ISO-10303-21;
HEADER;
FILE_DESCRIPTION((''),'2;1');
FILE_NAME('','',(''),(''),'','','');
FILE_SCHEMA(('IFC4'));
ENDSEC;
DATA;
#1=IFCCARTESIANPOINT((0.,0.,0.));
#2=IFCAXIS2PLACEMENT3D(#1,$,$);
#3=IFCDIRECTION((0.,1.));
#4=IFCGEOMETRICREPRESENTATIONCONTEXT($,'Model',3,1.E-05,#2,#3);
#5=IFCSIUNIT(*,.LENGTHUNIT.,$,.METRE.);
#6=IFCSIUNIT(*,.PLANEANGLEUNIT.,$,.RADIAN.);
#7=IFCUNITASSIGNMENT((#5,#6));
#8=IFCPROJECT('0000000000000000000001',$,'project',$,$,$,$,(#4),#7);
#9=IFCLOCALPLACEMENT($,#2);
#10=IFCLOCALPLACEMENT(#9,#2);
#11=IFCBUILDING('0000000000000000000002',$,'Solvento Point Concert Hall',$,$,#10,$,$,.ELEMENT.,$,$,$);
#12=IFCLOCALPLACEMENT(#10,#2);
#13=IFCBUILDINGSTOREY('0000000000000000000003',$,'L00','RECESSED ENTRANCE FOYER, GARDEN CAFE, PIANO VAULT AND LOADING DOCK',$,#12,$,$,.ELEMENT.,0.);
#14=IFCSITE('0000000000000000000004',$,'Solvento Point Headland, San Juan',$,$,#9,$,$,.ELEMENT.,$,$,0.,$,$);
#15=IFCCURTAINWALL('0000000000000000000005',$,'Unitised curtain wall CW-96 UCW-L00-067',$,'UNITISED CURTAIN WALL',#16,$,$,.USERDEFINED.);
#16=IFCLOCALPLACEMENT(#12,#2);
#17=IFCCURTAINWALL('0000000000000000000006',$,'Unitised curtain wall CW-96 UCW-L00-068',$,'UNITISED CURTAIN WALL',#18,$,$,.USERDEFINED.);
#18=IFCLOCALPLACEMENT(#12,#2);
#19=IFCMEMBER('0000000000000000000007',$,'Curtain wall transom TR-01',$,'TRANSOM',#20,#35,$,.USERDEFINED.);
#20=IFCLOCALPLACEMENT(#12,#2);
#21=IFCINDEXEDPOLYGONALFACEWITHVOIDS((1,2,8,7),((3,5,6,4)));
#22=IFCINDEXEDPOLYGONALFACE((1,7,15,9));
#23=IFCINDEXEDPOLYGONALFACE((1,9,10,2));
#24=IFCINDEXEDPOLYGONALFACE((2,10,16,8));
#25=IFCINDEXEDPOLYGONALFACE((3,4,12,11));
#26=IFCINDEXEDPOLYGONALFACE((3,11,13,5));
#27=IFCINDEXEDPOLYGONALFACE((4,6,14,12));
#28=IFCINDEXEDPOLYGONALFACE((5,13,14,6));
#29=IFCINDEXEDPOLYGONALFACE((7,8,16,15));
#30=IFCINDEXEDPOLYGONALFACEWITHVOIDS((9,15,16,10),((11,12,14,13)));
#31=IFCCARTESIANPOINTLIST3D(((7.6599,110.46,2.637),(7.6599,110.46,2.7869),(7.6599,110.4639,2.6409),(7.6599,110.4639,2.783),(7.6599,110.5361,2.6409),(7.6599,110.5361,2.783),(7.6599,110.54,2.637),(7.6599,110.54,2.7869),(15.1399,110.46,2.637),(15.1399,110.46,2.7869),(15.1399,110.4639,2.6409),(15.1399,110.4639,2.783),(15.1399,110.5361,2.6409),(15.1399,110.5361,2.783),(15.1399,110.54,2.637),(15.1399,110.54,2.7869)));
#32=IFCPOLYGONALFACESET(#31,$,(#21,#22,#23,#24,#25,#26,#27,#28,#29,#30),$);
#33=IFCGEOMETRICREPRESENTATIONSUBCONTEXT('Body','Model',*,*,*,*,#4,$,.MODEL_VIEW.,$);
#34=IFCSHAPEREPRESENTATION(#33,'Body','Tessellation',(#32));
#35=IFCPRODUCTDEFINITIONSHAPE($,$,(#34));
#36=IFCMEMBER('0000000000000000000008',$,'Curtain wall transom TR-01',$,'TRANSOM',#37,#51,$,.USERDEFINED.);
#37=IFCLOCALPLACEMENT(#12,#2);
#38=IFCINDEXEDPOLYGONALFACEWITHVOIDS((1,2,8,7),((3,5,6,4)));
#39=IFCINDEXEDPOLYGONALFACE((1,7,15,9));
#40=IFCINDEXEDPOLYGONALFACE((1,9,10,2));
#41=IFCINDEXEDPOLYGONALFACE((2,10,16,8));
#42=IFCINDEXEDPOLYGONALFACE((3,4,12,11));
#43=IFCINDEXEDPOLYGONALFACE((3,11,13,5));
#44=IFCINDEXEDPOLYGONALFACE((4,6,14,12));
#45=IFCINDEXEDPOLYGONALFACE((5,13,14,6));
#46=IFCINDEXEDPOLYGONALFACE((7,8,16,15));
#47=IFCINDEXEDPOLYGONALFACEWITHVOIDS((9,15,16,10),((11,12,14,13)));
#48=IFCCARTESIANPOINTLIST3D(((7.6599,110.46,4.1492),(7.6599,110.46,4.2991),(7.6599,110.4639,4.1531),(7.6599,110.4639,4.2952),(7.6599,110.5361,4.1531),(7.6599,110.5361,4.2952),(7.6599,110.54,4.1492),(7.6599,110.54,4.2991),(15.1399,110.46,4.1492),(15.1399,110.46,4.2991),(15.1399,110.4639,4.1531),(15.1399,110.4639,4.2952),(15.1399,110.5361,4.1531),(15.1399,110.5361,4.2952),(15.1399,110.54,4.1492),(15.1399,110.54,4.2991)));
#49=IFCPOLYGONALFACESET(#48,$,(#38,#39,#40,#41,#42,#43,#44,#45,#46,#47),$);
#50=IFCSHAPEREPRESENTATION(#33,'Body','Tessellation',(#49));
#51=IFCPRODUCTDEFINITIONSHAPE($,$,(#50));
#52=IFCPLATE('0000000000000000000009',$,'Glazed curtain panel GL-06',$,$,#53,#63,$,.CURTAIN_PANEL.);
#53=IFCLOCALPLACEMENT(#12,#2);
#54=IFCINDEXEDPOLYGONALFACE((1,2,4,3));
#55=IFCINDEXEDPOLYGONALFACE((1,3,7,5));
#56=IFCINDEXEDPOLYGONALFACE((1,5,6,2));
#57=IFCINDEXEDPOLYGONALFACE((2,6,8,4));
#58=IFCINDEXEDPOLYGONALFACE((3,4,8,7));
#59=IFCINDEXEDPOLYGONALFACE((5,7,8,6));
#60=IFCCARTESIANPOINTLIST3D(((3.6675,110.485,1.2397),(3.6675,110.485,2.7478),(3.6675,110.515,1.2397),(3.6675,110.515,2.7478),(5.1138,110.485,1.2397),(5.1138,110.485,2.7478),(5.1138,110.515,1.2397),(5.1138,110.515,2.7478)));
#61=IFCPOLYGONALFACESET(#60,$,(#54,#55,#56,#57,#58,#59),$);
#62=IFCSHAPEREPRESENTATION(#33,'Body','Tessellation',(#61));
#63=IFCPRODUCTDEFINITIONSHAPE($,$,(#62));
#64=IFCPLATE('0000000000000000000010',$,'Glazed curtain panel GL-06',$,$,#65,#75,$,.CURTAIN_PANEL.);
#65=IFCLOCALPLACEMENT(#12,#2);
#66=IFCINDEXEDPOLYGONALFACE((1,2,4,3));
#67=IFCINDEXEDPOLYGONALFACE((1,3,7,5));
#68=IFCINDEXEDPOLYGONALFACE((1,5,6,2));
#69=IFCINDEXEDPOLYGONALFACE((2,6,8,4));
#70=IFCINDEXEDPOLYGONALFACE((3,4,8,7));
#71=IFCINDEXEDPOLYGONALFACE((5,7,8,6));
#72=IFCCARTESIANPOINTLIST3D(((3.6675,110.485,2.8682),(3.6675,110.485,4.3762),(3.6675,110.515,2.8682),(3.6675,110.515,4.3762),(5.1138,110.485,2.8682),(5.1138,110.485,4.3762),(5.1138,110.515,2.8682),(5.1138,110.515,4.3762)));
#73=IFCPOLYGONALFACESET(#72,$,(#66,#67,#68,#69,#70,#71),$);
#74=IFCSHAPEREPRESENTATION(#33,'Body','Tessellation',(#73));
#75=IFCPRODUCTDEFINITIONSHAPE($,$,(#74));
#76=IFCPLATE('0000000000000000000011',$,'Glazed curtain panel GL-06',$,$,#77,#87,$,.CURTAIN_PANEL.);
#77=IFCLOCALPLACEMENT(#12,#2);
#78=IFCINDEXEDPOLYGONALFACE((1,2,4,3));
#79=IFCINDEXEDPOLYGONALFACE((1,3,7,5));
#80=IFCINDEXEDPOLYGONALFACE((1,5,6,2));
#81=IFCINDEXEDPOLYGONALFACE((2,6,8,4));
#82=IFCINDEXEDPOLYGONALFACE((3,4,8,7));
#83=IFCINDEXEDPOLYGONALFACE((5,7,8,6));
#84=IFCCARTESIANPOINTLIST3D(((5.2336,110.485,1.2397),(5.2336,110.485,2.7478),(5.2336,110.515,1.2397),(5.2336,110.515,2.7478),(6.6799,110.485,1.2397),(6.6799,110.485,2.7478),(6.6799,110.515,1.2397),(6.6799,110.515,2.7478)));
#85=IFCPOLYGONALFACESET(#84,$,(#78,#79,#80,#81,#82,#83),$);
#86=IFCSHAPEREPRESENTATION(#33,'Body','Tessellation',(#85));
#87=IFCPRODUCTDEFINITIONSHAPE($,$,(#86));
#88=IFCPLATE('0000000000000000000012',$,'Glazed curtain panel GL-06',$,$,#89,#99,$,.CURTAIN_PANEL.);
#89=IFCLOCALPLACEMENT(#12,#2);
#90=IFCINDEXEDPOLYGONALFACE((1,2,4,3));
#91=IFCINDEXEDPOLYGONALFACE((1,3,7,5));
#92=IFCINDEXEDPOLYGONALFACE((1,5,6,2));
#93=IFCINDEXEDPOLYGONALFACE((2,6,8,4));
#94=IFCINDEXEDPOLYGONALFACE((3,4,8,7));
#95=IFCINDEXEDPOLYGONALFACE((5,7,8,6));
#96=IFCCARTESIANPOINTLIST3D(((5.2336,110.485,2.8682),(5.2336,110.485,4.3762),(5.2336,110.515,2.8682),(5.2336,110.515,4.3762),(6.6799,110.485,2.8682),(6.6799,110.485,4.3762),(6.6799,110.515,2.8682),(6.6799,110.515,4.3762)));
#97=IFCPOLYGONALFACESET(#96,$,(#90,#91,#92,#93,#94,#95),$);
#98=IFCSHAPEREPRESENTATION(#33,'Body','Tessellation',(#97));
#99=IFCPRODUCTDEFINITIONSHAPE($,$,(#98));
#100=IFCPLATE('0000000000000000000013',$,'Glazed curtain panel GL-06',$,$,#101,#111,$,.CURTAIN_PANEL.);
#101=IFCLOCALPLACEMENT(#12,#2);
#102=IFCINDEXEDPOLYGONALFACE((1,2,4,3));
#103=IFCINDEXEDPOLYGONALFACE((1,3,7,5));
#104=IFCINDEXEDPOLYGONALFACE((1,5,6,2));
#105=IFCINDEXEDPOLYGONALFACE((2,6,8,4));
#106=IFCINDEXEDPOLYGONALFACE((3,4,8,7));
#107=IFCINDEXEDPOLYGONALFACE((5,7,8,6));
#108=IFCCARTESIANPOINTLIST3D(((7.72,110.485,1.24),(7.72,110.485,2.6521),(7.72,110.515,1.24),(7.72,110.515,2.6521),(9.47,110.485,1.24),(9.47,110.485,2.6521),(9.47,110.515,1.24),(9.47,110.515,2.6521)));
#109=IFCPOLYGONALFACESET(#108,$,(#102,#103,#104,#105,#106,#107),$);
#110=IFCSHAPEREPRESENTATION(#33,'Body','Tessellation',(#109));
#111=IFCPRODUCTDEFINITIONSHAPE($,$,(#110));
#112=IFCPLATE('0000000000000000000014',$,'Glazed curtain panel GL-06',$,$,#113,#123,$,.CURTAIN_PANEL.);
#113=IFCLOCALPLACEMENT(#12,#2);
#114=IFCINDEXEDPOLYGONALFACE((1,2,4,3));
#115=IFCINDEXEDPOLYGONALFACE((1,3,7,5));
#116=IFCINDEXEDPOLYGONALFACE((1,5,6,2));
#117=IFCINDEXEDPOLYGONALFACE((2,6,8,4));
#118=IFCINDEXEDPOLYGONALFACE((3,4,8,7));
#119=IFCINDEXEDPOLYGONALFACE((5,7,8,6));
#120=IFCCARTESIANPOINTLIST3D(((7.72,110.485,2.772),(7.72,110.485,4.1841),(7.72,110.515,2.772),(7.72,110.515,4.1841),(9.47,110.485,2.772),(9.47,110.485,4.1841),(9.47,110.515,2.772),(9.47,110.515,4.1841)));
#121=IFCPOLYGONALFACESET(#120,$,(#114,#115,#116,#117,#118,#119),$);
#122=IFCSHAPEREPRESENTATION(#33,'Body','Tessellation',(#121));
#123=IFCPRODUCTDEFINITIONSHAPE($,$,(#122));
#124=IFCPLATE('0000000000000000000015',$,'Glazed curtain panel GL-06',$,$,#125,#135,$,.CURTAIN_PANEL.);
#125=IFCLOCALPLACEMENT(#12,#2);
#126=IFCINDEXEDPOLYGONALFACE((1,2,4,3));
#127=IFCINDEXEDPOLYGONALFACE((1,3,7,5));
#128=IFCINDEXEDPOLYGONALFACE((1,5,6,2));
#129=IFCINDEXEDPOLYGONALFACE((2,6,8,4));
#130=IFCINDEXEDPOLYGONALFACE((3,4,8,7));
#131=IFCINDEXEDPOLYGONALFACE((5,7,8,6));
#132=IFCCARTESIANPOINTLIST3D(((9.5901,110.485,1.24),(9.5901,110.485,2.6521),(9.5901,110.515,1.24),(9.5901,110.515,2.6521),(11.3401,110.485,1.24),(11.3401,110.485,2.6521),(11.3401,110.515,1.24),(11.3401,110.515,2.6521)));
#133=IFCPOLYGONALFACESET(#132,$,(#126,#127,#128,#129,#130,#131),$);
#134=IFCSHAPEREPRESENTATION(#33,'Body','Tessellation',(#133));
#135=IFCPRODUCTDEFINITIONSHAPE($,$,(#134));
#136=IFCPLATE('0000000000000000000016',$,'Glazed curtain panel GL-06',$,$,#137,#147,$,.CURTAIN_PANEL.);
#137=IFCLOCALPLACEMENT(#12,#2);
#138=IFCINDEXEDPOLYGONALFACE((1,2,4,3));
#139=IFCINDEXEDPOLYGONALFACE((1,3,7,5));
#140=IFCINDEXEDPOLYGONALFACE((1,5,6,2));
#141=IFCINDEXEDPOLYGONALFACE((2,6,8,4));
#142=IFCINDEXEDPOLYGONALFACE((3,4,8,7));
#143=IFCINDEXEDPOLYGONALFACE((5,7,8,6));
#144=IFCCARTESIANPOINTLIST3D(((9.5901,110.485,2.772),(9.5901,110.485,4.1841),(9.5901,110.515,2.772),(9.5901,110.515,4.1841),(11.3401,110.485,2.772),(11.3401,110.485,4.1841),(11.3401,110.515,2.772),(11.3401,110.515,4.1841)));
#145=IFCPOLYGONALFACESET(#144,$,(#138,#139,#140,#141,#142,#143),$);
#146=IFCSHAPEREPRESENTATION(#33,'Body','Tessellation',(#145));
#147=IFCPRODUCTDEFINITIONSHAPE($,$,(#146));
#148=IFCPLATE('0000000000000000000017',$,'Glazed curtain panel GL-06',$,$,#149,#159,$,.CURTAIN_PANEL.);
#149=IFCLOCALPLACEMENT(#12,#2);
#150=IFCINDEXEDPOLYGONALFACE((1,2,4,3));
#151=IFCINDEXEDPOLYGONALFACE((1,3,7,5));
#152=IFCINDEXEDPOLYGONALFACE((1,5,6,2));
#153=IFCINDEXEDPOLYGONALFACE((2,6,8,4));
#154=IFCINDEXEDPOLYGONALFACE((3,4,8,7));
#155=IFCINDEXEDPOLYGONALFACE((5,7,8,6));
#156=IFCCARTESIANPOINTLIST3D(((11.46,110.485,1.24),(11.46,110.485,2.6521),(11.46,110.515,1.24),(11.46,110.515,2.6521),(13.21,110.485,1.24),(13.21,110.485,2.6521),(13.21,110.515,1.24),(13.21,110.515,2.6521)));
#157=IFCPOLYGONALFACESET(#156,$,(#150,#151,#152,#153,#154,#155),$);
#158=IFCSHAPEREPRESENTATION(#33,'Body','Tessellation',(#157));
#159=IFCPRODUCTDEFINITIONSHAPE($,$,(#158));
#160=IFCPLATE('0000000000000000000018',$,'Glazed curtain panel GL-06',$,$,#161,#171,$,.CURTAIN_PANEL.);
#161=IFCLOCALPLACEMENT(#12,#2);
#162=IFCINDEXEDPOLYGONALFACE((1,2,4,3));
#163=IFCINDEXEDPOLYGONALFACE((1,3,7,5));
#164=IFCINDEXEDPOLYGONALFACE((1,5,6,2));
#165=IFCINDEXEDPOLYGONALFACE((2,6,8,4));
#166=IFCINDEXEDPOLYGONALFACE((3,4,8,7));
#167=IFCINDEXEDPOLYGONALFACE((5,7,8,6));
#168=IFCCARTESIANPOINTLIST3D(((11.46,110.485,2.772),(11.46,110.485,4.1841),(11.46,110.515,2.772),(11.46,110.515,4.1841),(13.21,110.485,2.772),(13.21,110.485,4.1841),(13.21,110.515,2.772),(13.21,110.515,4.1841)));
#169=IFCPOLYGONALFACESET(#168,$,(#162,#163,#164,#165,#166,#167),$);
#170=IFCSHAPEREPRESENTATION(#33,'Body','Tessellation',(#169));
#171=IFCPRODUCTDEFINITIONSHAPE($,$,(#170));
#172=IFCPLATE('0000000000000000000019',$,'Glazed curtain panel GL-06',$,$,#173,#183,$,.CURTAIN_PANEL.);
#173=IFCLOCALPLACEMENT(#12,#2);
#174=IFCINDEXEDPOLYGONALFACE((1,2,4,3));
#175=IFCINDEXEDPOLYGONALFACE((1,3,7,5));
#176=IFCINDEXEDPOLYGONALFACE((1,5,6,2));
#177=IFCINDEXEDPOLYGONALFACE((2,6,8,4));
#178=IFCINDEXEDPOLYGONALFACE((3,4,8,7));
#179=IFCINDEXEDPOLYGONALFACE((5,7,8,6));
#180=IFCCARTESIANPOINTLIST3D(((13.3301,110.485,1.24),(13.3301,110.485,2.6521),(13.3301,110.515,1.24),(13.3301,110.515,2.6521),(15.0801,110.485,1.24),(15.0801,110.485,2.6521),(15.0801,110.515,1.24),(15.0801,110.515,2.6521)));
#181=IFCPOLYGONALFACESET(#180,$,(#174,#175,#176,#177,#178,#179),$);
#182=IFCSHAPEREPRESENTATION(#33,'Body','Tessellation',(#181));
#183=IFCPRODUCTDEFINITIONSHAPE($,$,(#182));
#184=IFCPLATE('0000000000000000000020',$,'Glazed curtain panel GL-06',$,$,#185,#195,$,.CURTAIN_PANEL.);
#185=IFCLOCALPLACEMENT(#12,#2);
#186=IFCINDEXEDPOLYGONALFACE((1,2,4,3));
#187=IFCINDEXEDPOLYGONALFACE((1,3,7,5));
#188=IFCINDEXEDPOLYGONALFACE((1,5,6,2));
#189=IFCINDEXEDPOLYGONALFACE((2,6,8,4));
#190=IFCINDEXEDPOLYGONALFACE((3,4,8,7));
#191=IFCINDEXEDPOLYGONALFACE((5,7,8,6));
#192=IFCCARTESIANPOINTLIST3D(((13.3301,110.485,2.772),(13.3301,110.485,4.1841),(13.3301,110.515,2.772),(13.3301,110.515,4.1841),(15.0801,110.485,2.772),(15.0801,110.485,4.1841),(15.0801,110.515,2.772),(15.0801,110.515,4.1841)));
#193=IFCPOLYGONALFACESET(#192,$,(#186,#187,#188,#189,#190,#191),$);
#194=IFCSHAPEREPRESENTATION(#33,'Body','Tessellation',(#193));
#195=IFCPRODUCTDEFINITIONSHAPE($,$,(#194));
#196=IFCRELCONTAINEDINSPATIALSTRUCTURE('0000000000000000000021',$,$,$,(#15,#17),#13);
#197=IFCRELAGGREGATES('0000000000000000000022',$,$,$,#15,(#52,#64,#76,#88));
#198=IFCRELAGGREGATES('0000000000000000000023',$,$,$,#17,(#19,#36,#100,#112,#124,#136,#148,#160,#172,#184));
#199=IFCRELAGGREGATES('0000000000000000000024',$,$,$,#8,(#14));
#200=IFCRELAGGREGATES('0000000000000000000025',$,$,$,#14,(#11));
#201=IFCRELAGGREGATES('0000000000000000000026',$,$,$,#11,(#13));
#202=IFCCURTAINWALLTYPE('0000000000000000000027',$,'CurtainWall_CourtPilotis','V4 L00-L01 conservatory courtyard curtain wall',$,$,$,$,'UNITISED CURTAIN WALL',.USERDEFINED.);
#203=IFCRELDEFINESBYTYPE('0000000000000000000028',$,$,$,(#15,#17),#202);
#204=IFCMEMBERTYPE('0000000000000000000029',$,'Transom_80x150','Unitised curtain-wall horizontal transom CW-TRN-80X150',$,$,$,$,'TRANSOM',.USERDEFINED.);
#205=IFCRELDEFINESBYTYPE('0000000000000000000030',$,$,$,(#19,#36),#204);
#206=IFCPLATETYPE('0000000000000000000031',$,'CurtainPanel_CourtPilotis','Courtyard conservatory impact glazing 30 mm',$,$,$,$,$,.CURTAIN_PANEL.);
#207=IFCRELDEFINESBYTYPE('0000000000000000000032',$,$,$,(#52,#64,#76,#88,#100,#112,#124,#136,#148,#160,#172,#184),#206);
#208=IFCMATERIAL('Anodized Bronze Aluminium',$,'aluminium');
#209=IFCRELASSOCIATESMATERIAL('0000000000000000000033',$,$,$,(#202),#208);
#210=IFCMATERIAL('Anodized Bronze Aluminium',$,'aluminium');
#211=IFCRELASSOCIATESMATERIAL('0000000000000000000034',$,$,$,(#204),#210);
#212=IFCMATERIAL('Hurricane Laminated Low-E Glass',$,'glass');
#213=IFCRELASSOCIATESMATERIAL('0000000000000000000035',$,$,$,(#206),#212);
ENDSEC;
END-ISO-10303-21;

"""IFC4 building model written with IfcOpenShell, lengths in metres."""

from ifc_helpers import new_model, si_unit, direction, frame, origin, origin_2d, place, context, subcontext, project, spatial, rectangle, hollow_rectangle, extrude, material, material_profile, profile_set, type_object, element, aggregate, save


model = new_model("IFC4")

# Units and contexts
model_context = context("Model", 3, precision=1e-05, world=origin(), true_north=direction((0.0, 1.0)))
body_context = subcontext(model_context, "Body", "Model", "MODEL_VIEW")
ifc_project = project(units=[si_unit("LENGTHUNIT", "METRE"), si_unit("PLANEANGLEUNIT", "RADIAN")], contexts=[model_context])

# Site, building, storey
site_placement = place(None, origin())
site = spatial("IfcSite", under=ifc_project, at=site_placement, Name="Solvento Point Headland, San Juan", CompositionType="ELEMENT", RefElevation=0.0)
building_placement = place(site_placement, origin())
building = spatial("IfcBuilding", under=site, at=building_placement, Name="Solvento Point Concert Hall", CompositionType="ELEMENT")
storey_placement = place(building_placement, origin())
storey = spatial("IfcBuildingStorey", under=building, at=storey_placement, Name="L00", Description="RECESSED ENTRANCE FOYER, GARDEN CAFE, PIANO VAULT AND LOADING DOCK", CompositionType="ELEMENT", Elevation=0.0)

# Curtain walls, members
ifc_material_1 = material(Name="Anodized Bronze Aluminium", Category="aluminium")
curtain_wall_type = type_object("IfcCurtainWallType", Name="CurtainWall_CourtPilotis", Description="V4 L00-L01 conservatory courtyard curtain wall", ElementType="UNITISED CURTAIN WALL", PredefinedType="USERDEFINED", material=ifc_material_1)
curtain_wall_1_placement = place(storey_placement, origin())
curtain_wall_1 = element("IfcCurtainWall", 1, at=curtain_wall_1_placement, inside=storey, type_object=curtain_wall_type, Name="Unitised curtain wall CW-96 UCW-L00-067", ObjectType="UNITISED CURTAIN WALL", PredefinedType="USERDEFINED")
curtain_wall_2_placement = place(storey_placement, origin())
curtain_wall_2 = element("IfcCurtainWall", 2, at=curtain_wall_2_placement, inside=storey, type_object=curtain_wall_type, Name="Unitised curtain wall CW-96 UCW-L00-068", ObjectType="UNITISED CURTAIN WALL", PredefinedType="USERDEFINED")
ifc_material_2 = material(Name="Anodized Bronze Aluminium", Category="aluminium")
ifc_material_profile_1 = material_profile(ifc_material_2, hollow_rectangle(XDim=0.0801, YDim=0.1499, WallThickness=0.0039, at=origin_2d()), Name="CW-TRN-80X150")
ifc_profile_set_1 = profile_set([ifc_material_profile_1], Name="Anodized Bronze Aluminium")
member_type_1 = type_object("IfcMemberType", Name="Transom_80x150", Description="Unitised curtain-wall horizontal transom CW-TRN-80X150", ElementType="TRANSOM", PredefinedType="USERDEFINED", material=ifc_profile_set_1)
member_1_placement = place(storey_placement, frame((7.6599, 110.5, 2.7119), z_axis=(1.0, 0.0, 0.0), x_axis=(0.0, 1.0, 0.0)))
member_1 = element("IfcMember", 3, at=member_1_placement, type_object=member_type_1, Name="Curtain wall transom TR-01", ObjectType="TRANSOM", PredefinedType="USERDEFINED", context=body_context, shape_type="SweptSolid", body=[
    extrude(hollow_rectangle(XDim=0.0801, YDim=0.1499, WallThickness=0.0039, at=origin_2d()), origin(), (0.0, 0.0, 1.0), 7.48),
])
member_2_placement = place(storey_placement, frame((7.6599, 110.5, 4.2241), z_axis=(1.0, 0.0, 0.0), x_axis=(0.0, 1.0, 0.0)))
member_2 = element("IfcMember", 4, at=member_2_placement, type_object=member_type_1, Name="Curtain wall transom TR-01", ObjectType="TRANSOM", PredefinedType="USERDEFINED", context=body_context, shape_type="SweptSolid", body=[
    extrude(hollow_rectangle(XDim=0.0801, YDim=0.1499, WallThickness=0.0039, at=origin_2d()), origin(), (0.0, 0.0, 1.0), 7.48),
])

# Plates
ifc_material_3 = material(Name="Hurricane Laminated Low-E Glass", Category="glass")
plate_type = type_object("IfcPlateType", Name="CurtainPanel_CourtPilotis", Description="Courtyard conservatory impact glazing 30 mm", PredefinedType="CURTAIN_PANEL", material=ifc_material_3)
plate_1_placement = place(storey_placement, frame((4.3906, 110.5, 1.2397), z_axis=(0.0, 0.0, 1.0), x_axis=(1.0, 0.0, 0.0)))
plate_1 = element("IfcPlate", 5, at=plate_1_placement, type_object=plate_type, Name="Glazed curtain panel GL-06", PredefinedType="CURTAIN_PANEL", context=body_context, shape_type="SweptSolid", body=[
    extrude(rectangle(XDim=1.4463, YDim=0.03, at=origin_2d()), origin(), (0.0, 0.0, 1.0), 1.5081),
])
plate_2_placement = place(storey_placement, frame((4.3906, 110.5, 2.8682), z_axis=(0.0, 0.0, 1.0), x_axis=(1.0, 0.0, 0.0)))
plate_2 = element("IfcPlate", 6, at=plate_2_placement, type_object=plate_type, Name="Glazed curtain panel GL-06", PredefinedType="CURTAIN_PANEL", context=body_context, shape_type="SweptSolid", body=[
    extrude(rectangle(XDim=1.4463, YDim=0.03, at=origin_2d()), origin(), (0.0, 0.0, 1.0), 1.5081),
])
plate_3_placement = place(storey_placement, frame((5.9568, 110.5, 1.2397), z_axis=(0.0, 0.0, 1.0), x_axis=(1.0, 0.0, 0.0)))
plate_3 = element("IfcPlate", 7, at=plate_3_placement, type_object=plate_type, Name="Glazed curtain panel GL-06", PredefinedType="CURTAIN_PANEL", context=body_context, shape_type="SweptSolid", body=[
    extrude(rectangle(XDim=1.4463, YDim=0.03, at=origin_2d()), origin(), (0.0, 0.0, 1.0), 1.5081),
])
plate_4_placement = place(storey_placement, frame((5.9568, 110.5, 2.8682), z_axis=(0.0, 0.0, 1.0), x_axis=(1.0, 0.0, 0.0)))
plate_4 = element("IfcPlate", 8, at=plate_4_placement, type_object=plate_type, Name="Glazed curtain panel GL-06", PredefinedType="CURTAIN_PANEL", context=body_context, shape_type="SweptSolid", body=[
    extrude(rectangle(XDim=1.4463, YDim=0.03, at=origin_2d()), origin(), (0.0, 0.0, 1.0), 1.5081),
])
aggregate(curtain_wall_1, [plate_1, plate_2, plate_3, plate_4])
plate_5_placement = place(storey_placement, frame((8.595, 110.5, 1.24), z_axis=(0.0, 0.0, 1.0), x_axis=(1.0, 0.0, 0.0)))
plate_5 = element("IfcPlate", 9, at=plate_5_placement, type_object=plate_type, Name="Glazed curtain panel GL-06", PredefinedType="CURTAIN_PANEL", context=body_context, shape_type="SweptSolid", body=[
    extrude(rectangle(XDim=1.75, YDim=0.03, at=origin_2d()), origin(), (0.0, 0.0, 1.0), 1.4121),
])
plate_6_placement = place(storey_placement, frame((8.595, 110.5, 2.772), z_axis=(0.0, 0.0, 1.0), x_axis=(1.0, 0.0, 0.0)))
plate_6 = element("IfcPlate", 10, at=plate_6_placement, type_object=plate_type, Name="Glazed curtain panel GL-06", PredefinedType="CURTAIN_PANEL", context=body_context, shape_type="SweptSolid", body=[
    extrude(rectangle(XDim=1.75, YDim=0.03, at=origin_2d()), origin(), (0.0, 0.0, 1.0), 1.4121),
])
plate_7_placement = place(storey_placement, frame((10.4651, 110.5, 1.24), z_axis=(0.0, 0.0, 1.0), x_axis=(1.0, 0.0, 0.0)))
plate_7 = element("IfcPlate", 11, at=plate_7_placement, type_object=plate_type, Name="Glazed curtain panel GL-06", PredefinedType="CURTAIN_PANEL", context=body_context, shape_type="SweptSolid", body=[
    extrude(rectangle(XDim=1.75, YDim=0.03, at=origin_2d()), origin(), (0.0, 0.0, 1.0), 1.4121),
])
plate_8_placement = place(storey_placement, frame((10.4651, 110.5, 2.772), z_axis=(0.0, 0.0, 1.0), x_axis=(1.0, 0.0, 0.0)))
plate_8 = element("IfcPlate", 12, at=plate_8_placement, type_object=plate_type, Name="Glazed curtain panel GL-06", PredefinedType="CURTAIN_PANEL", context=body_context, shape_type="SweptSolid", body=[
    extrude(rectangle(XDim=1.75, YDim=0.03, at=origin_2d()), origin(), (0.0, 0.0, 1.0), 1.4121),
])
plate_9_placement = place(storey_placement, frame((12.335, 110.5, 1.24), z_axis=(0.0, 0.0, 1.0), x_axis=(1.0, 0.0, 0.0)))
plate_9 = element("IfcPlate", 13, at=plate_9_placement, type_object=plate_type, Name="Glazed curtain panel GL-06", PredefinedType="CURTAIN_PANEL", context=body_context, shape_type="SweptSolid", body=[
    extrude(rectangle(XDim=1.75, YDim=0.03, at=origin_2d()), origin(), (0.0, 0.0, 1.0), 1.4121),
])
plate_10_placement = place(storey_placement, frame((12.335, 110.5, 2.772), z_axis=(0.0, 0.0, 1.0), x_axis=(1.0, 0.0, 0.0)))
plate_10 = element("IfcPlate", 14, at=plate_10_placement, type_object=plate_type, Name="Glazed curtain panel GL-06", PredefinedType="CURTAIN_PANEL", context=body_context, shape_type="SweptSolid", body=[
    extrude(rectangle(XDim=1.75, YDim=0.03, at=origin_2d()), origin(), (0.0, 0.0, 1.0), 1.4121),
])
plate_11_placement = place(storey_placement, frame((14.2051, 110.5, 1.24), z_axis=(0.0, 0.0, 1.0), x_axis=(1.0, 0.0, 0.0)))
plate_11 = element("IfcPlate", 15, at=plate_11_placement, type_object=plate_type, Name="Glazed curtain panel GL-06", PredefinedType="CURTAIN_PANEL", context=body_context, shape_type="SweptSolid", body=[
    extrude(rectangle(XDim=1.75, YDim=0.03, at=origin_2d()), origin(), (0.0, 0.0, 1.0), 1.4121),
])
plate_12_placement = place(storey_placement, frame((14.2051, 110.5, 2.772), z_axis=(0.0, 0.0, 1.0), x_axis=(1.0, 0.0, 0.0)))
plate_12 = element("IfcPlate", 16, at=plate_12_placement, type_object=plate_type, Name="Glazed curtain panel GL-06", PredefinedType="CURTAIN_PANEL", context=body_context, shape_type="SweptSolid", body=[
    extrude(rectangle(XDim=1.75, YDim=0.03, at=origin_2d()), origin(), (0.0, 0.0, 1.0), 1.4121),
])
aggregate(curtain_wall_2, [member_1, member_2, plate_5, plate_6, plate_7, plate_8, plate_9, plate_10, plate_11, plate_12])

save(model, "model.ifc")
